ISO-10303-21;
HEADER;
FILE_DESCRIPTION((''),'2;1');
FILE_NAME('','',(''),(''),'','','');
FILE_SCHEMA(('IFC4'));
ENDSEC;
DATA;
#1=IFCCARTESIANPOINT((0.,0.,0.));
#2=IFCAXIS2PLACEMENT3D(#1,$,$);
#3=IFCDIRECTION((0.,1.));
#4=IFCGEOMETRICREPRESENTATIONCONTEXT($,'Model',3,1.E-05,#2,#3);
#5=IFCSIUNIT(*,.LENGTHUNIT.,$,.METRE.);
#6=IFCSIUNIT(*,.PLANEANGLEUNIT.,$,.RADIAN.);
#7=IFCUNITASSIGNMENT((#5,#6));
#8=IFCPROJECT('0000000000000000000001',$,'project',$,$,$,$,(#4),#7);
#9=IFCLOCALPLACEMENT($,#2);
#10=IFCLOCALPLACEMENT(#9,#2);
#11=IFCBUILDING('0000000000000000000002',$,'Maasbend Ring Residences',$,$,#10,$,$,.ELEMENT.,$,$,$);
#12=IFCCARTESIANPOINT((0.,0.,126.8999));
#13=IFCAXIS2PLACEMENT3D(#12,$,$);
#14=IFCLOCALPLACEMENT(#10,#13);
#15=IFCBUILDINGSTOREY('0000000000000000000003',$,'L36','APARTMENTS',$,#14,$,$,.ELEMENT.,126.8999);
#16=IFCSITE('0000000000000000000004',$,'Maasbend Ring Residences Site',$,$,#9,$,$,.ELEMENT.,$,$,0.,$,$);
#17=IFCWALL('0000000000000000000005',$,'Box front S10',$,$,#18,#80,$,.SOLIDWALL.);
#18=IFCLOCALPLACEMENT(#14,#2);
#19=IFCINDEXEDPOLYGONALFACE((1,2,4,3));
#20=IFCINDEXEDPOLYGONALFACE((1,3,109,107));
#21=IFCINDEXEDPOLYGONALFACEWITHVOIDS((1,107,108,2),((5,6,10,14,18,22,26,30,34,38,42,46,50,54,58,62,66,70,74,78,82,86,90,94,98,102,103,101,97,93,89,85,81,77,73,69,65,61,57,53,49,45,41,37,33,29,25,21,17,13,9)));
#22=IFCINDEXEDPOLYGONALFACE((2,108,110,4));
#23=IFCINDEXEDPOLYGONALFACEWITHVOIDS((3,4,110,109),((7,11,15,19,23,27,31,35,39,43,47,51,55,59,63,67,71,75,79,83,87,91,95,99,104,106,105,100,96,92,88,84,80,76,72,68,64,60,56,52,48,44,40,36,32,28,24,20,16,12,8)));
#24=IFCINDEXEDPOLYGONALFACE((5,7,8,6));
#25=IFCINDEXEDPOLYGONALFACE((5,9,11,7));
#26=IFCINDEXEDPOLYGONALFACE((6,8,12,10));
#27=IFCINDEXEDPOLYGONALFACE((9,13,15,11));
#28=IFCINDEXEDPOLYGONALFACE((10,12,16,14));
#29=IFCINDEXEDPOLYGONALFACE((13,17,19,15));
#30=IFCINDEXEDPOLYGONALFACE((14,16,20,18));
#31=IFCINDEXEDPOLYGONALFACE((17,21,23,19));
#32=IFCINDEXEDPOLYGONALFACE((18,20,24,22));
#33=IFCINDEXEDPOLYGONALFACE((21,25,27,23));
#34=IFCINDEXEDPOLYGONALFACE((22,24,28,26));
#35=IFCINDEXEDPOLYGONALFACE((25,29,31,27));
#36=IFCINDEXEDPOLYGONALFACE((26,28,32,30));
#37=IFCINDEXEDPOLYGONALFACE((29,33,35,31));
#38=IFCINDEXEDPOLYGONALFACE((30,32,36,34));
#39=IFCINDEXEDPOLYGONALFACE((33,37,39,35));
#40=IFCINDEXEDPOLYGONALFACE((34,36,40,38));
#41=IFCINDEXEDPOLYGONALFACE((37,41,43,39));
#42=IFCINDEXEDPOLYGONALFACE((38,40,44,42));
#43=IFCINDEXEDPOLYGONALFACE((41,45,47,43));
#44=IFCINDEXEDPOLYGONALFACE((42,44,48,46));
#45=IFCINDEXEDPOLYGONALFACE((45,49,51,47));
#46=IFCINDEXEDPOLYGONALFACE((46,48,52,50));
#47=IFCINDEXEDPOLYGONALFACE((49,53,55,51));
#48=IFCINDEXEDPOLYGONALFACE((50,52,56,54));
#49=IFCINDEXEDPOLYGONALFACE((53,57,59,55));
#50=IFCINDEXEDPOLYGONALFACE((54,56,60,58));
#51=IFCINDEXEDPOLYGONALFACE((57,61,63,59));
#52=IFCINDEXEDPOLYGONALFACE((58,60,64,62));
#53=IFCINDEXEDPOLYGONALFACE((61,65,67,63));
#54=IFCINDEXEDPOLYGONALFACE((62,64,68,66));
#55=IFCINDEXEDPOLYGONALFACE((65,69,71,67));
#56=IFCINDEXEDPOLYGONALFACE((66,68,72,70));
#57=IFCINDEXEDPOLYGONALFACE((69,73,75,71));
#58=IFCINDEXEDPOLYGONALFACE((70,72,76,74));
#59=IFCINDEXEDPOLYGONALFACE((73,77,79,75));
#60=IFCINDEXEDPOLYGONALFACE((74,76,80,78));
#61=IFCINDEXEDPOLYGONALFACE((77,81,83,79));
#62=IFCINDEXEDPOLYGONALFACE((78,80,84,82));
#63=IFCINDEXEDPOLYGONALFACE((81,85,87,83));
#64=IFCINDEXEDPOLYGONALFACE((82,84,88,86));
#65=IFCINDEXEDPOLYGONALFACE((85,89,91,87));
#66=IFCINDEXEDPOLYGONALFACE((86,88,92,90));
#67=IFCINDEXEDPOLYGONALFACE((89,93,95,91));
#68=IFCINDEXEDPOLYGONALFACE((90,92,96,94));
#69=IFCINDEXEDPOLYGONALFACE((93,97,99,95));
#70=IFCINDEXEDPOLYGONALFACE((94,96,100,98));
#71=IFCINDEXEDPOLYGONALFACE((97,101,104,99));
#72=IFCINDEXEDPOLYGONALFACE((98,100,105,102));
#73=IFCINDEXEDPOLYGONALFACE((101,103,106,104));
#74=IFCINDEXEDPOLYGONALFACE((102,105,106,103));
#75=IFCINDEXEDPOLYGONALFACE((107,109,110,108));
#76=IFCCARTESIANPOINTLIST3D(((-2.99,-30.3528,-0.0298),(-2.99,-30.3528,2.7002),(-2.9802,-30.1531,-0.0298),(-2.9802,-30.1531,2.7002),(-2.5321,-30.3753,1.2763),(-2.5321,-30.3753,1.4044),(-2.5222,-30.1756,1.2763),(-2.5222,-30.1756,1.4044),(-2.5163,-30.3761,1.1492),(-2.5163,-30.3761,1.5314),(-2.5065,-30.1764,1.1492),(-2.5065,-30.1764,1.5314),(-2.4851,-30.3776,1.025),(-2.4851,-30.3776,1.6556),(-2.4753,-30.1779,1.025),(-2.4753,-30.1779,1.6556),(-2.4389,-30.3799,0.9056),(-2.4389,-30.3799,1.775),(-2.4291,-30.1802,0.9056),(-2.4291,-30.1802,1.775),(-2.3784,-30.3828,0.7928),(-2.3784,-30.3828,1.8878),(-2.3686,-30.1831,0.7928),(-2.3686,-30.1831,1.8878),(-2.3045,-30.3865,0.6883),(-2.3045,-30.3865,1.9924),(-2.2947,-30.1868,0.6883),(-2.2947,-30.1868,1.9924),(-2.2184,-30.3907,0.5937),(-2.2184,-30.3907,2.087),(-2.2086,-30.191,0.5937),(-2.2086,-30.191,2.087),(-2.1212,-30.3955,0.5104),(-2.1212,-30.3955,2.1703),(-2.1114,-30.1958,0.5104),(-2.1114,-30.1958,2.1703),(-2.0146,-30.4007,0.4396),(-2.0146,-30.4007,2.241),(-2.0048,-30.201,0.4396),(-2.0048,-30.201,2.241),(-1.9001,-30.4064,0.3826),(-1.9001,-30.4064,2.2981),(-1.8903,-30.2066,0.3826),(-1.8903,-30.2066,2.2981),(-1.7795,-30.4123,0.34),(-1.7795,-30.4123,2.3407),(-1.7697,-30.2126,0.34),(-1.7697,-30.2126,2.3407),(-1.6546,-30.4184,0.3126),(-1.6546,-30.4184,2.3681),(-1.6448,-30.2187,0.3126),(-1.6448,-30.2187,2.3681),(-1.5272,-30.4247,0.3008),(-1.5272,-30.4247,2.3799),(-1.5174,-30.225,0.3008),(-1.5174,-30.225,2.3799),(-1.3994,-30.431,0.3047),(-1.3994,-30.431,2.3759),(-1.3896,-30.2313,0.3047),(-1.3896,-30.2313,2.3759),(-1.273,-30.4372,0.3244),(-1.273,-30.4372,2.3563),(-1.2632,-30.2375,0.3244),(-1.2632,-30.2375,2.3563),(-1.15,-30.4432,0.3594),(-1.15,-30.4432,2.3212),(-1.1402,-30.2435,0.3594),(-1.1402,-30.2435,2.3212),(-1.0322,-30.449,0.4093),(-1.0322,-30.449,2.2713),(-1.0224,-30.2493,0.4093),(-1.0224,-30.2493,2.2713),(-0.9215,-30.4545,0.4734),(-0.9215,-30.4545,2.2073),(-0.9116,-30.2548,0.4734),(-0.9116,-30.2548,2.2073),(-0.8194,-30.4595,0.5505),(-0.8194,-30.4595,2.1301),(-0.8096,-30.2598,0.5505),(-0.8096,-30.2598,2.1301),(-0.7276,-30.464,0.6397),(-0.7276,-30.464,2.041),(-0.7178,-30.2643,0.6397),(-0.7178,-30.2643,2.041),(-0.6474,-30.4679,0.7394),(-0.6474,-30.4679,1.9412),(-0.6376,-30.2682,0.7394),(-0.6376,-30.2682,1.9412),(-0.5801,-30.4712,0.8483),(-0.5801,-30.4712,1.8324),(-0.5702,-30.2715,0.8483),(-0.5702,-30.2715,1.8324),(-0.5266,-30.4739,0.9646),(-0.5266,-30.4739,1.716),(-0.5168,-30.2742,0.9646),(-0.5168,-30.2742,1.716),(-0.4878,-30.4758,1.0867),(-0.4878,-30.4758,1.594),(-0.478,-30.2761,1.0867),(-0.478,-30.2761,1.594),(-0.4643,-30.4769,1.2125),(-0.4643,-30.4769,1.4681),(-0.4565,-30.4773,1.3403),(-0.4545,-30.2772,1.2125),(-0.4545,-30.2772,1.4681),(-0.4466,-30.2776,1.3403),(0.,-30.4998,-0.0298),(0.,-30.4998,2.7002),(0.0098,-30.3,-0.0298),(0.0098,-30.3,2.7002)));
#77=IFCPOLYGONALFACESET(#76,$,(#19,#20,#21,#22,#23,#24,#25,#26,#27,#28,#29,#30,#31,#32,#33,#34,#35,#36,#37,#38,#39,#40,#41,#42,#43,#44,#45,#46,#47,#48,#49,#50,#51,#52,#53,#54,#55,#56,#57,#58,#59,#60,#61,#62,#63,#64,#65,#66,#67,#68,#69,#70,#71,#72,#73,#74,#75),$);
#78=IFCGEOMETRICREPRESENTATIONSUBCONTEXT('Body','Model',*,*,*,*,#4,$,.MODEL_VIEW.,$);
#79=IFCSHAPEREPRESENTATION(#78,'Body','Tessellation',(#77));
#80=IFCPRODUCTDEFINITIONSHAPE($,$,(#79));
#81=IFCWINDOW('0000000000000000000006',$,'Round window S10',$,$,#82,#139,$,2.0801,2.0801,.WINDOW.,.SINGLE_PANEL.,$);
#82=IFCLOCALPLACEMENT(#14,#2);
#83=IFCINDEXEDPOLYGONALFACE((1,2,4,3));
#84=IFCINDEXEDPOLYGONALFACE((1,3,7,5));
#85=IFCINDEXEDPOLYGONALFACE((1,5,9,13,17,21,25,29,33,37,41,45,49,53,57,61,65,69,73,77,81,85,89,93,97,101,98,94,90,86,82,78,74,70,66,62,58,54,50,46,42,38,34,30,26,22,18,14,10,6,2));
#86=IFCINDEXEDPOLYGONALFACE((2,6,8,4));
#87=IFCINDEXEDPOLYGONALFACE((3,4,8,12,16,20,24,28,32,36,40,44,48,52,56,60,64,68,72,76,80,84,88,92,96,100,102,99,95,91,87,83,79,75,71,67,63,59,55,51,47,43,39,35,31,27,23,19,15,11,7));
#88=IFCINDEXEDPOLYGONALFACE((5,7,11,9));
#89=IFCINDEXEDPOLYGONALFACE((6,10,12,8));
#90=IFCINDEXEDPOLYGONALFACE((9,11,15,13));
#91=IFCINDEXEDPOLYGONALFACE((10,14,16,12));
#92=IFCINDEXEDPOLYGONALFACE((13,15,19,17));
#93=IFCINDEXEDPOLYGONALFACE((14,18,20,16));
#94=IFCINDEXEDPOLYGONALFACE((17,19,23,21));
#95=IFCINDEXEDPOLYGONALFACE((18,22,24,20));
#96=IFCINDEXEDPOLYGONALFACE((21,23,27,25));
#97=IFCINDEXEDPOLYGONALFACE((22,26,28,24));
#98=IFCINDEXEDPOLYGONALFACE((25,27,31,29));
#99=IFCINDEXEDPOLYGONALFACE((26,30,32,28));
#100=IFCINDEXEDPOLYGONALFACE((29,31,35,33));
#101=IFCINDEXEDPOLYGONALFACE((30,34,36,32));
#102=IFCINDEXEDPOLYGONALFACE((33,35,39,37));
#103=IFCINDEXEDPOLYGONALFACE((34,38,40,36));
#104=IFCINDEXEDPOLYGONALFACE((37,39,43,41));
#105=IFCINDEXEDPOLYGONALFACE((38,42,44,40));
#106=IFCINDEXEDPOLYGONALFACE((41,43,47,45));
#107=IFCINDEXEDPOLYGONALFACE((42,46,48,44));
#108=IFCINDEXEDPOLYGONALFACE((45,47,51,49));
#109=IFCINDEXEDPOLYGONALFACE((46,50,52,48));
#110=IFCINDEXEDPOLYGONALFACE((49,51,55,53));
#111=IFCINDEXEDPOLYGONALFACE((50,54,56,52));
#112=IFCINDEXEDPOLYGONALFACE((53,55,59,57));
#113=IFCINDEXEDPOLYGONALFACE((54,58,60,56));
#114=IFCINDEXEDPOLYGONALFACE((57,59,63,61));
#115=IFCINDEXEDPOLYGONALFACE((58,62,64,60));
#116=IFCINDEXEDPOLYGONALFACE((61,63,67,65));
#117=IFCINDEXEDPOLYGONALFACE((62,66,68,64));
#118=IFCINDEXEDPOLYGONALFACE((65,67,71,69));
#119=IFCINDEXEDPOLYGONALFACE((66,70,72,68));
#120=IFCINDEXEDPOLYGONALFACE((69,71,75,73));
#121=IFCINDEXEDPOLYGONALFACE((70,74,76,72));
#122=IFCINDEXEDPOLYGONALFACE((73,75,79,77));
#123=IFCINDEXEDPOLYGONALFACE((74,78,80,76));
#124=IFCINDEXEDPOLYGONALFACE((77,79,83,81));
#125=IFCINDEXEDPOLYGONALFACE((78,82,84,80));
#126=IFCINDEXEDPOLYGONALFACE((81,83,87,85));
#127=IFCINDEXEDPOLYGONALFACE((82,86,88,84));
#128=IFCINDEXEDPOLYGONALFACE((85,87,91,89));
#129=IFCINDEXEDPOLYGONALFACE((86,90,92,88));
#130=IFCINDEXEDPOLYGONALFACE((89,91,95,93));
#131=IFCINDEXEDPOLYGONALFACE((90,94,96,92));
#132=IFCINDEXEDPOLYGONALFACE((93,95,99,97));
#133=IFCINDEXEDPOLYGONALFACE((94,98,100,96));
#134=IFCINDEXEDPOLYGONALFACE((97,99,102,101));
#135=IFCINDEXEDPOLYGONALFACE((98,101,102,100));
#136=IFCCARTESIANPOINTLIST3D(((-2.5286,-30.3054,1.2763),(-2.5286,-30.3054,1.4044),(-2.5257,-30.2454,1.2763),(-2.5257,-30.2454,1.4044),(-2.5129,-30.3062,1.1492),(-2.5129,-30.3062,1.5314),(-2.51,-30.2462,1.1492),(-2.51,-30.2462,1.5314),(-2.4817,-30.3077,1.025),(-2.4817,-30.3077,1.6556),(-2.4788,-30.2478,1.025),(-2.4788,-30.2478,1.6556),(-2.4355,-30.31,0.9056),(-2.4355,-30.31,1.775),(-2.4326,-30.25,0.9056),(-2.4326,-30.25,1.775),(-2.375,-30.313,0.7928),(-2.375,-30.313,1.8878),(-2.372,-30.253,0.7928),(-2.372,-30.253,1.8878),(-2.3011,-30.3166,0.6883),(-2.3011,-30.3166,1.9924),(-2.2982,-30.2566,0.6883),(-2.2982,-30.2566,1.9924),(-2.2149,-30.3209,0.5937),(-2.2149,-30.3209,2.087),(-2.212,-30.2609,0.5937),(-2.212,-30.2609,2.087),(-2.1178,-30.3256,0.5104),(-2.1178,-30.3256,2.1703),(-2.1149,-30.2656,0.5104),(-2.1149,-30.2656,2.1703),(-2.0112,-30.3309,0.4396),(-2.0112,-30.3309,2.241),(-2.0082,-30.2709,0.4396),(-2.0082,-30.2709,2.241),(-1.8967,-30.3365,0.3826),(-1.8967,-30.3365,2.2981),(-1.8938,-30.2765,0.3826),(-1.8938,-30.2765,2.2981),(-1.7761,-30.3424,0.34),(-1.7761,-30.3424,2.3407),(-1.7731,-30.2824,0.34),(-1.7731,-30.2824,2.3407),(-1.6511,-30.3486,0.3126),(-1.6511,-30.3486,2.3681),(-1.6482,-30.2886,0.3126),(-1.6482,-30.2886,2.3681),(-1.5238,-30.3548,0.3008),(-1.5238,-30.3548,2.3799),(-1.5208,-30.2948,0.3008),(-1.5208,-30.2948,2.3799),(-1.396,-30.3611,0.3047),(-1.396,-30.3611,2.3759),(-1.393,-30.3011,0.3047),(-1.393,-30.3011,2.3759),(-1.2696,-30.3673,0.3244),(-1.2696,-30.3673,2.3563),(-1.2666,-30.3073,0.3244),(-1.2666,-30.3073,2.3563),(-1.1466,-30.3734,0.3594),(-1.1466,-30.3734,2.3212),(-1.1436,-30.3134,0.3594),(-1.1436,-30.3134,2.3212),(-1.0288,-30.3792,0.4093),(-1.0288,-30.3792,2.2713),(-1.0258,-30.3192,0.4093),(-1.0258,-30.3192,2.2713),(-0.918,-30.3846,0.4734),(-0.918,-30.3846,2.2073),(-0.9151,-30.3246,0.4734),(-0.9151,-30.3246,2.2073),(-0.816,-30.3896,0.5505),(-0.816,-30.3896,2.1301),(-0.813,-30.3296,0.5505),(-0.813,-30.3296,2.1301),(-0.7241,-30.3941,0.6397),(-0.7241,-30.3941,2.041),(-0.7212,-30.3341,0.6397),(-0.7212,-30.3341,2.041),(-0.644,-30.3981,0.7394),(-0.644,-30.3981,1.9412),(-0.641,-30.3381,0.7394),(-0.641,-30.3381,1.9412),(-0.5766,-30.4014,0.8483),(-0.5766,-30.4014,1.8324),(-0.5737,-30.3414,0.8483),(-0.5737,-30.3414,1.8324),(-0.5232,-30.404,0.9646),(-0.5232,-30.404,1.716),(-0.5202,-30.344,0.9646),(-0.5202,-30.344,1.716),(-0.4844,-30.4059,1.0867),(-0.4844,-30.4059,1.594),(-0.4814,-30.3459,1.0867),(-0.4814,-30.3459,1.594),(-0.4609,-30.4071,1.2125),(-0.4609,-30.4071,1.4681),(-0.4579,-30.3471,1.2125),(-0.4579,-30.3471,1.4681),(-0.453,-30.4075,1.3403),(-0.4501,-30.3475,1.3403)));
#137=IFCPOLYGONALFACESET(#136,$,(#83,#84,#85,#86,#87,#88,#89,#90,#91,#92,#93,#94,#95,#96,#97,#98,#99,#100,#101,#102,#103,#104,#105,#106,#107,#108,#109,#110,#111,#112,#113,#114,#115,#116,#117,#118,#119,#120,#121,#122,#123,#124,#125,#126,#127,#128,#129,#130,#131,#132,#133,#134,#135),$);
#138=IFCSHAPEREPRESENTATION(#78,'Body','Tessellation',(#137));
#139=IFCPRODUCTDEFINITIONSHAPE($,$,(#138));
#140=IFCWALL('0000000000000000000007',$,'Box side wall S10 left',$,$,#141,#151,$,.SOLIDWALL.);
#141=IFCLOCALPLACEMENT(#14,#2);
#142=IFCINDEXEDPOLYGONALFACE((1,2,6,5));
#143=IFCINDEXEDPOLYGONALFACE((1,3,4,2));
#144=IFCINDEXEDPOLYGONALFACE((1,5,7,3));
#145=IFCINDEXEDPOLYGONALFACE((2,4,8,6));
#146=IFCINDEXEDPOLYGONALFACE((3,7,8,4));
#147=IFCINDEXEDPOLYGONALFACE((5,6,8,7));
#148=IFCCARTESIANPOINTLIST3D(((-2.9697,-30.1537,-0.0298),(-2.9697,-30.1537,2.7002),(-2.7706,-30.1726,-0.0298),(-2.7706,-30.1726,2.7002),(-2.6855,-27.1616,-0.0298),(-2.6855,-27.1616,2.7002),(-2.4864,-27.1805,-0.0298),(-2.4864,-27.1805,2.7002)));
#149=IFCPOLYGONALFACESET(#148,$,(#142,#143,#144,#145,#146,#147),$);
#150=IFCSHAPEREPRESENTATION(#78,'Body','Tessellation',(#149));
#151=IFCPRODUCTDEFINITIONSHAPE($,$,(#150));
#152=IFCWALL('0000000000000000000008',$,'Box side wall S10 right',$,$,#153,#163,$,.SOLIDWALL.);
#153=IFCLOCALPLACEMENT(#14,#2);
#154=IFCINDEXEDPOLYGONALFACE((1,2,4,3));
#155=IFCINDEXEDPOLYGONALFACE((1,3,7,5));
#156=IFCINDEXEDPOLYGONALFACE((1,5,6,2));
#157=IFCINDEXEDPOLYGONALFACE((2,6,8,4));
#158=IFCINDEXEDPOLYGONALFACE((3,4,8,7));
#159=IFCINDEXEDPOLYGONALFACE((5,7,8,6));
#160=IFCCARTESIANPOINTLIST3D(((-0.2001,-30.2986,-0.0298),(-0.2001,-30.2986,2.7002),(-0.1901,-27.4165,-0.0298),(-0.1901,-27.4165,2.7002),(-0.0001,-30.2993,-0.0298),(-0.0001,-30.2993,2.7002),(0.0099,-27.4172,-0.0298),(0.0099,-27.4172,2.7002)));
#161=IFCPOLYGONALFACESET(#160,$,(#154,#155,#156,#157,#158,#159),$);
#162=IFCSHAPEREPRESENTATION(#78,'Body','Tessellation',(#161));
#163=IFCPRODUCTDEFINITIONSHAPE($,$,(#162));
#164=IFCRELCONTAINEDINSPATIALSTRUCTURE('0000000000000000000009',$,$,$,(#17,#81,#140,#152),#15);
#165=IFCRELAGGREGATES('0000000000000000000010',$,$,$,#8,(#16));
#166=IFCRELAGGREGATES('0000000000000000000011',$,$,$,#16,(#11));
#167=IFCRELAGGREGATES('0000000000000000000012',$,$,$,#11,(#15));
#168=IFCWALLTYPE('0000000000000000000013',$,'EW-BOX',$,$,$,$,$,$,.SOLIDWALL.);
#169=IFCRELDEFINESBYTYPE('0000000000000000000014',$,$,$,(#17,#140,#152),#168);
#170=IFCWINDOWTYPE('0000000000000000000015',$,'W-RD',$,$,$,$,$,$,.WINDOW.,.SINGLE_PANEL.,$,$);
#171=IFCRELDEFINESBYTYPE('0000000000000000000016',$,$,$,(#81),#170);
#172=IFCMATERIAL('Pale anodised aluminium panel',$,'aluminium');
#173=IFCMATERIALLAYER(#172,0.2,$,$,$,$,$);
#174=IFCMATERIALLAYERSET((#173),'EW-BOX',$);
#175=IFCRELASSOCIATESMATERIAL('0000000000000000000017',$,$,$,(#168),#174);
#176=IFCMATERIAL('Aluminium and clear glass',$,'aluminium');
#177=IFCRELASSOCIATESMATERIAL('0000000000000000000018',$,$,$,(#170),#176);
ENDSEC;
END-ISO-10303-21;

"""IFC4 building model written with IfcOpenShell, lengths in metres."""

from ifc_helpers import new_model, si_unit, direction, frame, frame_2d, origin, place, context, subcontext, project, spatial, rectangle, circle, extrude, material, layer, layer_set, type_object, element, fill, save


model = new_model("IFC4")

# Units and contexts
model_context = context("Model", 3, precision=1e-05, world=origin(), true_north=direction((0.0, 1.0)))
body_context = subcontext(model_context, "Body", "Model", "MODEL_VIEW")
ifc_project = project(units=[si_unit("LENGTHUNIT", "METRE"), si_unit("PLANEANGLEUNIT", "RADIAN")], contexts=[model_context])

# Site, building, storey
site_placement = place(None, origin())
site = spatial("IfcSite", under=ifc_project, at=site_placement, Name="Maasbend Ring Residences Site", CompositionType="ELEMENT", RefElevation=0.0)
building_placement = place(site_placement, origin())
building = spatial("IfcBuilding", under=site, at=building_placement, Name="Maasbend Ring Residences", CompositionType="ELEMENT")
storey_placement = place(building_placement, frame((0.0, 0.0, 126.8999)))
storey = spatial("IfcBuildingStorey", under=building, at=storey_placement, Name="L36", Description="APARTMENTS", CompositionType="ELEMENT", Elevation=126.8999)

# Shared definitions
ifc_material_1 = material(Name="Pale anodised aluminium panel", Category="aluminium")
ifc_layer_1 = layer(ifc_material_1, 0.2)
ifc_layer_set_1 = layer_set([ifc_layer_1], Name="EW-BOX")
wall_type_1 = type_object("IfcWallType", Name="EW-BOX", PredefinedType="SOLIDWALL", material=ifc_layer_set_1)
ifc_material_2 = material(Name="Aluminium and clear glass", Category="aluminium")
window_type_1 = type_object("IfcWindowType", Name="W-RD", PartitioningType="SINGLE_PANEL", PredefinedType="WINDOW", material=ifc_material_2)

# Wall, opening, window
wall_1_placement = place(storey_placement, frame((-2.9851, -30.2529, -0.0298), z_axis=(0.0, 0.0, 1.0), x_axis=(0.998794, -0.049096, 0.0)))
wall_1 = element("IfcWall", 1, at=wall_1_placement, inside=storey, type_object=wall_type_1, Name="Box front S10", PredefinedType="SOLIDWALL", context=body_context, shape_type="SweptSolid", body=[
    extrude(rectangle(XDim=2.9937, YDim=0.2, at=frame_2d((1.4968, 0.0))), origin(), (0.0, 0.0, 1.0), 2.73),
])
opening_1_placement = place(wall_1_placement, frame((0.4565, 0.0, 0.3301)))
opening_1 = element("IfcOpeningElement", 2, at=opening_1_placement, cuts=wall_1, PredefinedType="OPENING", context=body_context, shape_type="SweptSolid", body=[
    extrude(circle(Radius=1.04, at=frame_2d((1.04, 1.04))), frame((0.0, 0.1099, 0.0), z_axis=(0.0, -1.0, 0.0), x_axis=(1.0, 0.0, 0.0)), (0.0, 0.0, 1.0), 0.22),
])
window_1_placement = place(opening_1_placement, origin())
window_1 = element("IfcWindow", 3, at=window_1_placement, inside=storey, type_object=window_type_1, Name="Round window S10", OverallHeight=2.0801, OverallWidth=2.0801, PartitioningType="SINGLE_PANEL", PredefinedType="WINDOW", context=body_context, shape_type="SweptSolid", body=[
    extrude(circle(Radius=1.04, at=frame_2d((1.04, 1.04))), frame((0.0, 0.03, 0.0), z_axis=(0.0, -1.0, 0.0), x_axis=(1.0, 0.0, 0.0)), (0.0, 0.0, 1.0), 0.0601),
])
fill(opening_1, window_1)

# Walls
wall_2_placement = place(storey_placement, frame((-2.5859, -27.1709, -0.0298), z_axis=(0.0, 0.0, 1.0), x_axis=(-0.094548, -0.99552, 0.0)))
element("IfcWall", 4, at=wall_2_placement, inside=storey, type_object=wall_type_1, Name="Box side wall S10 left", PredefinedType="SOLIDWALL", context=body_context, shape_type="SweptSolid", body=[
    extrude(rectangle(XDim=3.0056, YDim=0.2, at=frame_2d((1.5029, 0.0))), origin(), (0.0, 0.0, 1.0), 2.73),
])
wall_3_placement = place(storey_placement, frame((-0.0901, -27.417, -0.0298), z_axis=(0.0, 0.0, 1.0), x_axis=(-0.003473, -0.999994, 0.0)))
element("IfcWall", 5, at=wall_3_placement, inside=storey, type_object=wall_type_1, Name="Box side wall S10 right", PredefinedType="SOLIDWALL", context=body_context, shape_type="SweptSolid", body=[
    extrude(rectangle(XDim=2.8821, YDim=0.2, at=frame_2d((1.4409, 0.0))), origin(), (0.0, 0.0, 1.0), 2.73),
])

save(model, "model.ifc")
